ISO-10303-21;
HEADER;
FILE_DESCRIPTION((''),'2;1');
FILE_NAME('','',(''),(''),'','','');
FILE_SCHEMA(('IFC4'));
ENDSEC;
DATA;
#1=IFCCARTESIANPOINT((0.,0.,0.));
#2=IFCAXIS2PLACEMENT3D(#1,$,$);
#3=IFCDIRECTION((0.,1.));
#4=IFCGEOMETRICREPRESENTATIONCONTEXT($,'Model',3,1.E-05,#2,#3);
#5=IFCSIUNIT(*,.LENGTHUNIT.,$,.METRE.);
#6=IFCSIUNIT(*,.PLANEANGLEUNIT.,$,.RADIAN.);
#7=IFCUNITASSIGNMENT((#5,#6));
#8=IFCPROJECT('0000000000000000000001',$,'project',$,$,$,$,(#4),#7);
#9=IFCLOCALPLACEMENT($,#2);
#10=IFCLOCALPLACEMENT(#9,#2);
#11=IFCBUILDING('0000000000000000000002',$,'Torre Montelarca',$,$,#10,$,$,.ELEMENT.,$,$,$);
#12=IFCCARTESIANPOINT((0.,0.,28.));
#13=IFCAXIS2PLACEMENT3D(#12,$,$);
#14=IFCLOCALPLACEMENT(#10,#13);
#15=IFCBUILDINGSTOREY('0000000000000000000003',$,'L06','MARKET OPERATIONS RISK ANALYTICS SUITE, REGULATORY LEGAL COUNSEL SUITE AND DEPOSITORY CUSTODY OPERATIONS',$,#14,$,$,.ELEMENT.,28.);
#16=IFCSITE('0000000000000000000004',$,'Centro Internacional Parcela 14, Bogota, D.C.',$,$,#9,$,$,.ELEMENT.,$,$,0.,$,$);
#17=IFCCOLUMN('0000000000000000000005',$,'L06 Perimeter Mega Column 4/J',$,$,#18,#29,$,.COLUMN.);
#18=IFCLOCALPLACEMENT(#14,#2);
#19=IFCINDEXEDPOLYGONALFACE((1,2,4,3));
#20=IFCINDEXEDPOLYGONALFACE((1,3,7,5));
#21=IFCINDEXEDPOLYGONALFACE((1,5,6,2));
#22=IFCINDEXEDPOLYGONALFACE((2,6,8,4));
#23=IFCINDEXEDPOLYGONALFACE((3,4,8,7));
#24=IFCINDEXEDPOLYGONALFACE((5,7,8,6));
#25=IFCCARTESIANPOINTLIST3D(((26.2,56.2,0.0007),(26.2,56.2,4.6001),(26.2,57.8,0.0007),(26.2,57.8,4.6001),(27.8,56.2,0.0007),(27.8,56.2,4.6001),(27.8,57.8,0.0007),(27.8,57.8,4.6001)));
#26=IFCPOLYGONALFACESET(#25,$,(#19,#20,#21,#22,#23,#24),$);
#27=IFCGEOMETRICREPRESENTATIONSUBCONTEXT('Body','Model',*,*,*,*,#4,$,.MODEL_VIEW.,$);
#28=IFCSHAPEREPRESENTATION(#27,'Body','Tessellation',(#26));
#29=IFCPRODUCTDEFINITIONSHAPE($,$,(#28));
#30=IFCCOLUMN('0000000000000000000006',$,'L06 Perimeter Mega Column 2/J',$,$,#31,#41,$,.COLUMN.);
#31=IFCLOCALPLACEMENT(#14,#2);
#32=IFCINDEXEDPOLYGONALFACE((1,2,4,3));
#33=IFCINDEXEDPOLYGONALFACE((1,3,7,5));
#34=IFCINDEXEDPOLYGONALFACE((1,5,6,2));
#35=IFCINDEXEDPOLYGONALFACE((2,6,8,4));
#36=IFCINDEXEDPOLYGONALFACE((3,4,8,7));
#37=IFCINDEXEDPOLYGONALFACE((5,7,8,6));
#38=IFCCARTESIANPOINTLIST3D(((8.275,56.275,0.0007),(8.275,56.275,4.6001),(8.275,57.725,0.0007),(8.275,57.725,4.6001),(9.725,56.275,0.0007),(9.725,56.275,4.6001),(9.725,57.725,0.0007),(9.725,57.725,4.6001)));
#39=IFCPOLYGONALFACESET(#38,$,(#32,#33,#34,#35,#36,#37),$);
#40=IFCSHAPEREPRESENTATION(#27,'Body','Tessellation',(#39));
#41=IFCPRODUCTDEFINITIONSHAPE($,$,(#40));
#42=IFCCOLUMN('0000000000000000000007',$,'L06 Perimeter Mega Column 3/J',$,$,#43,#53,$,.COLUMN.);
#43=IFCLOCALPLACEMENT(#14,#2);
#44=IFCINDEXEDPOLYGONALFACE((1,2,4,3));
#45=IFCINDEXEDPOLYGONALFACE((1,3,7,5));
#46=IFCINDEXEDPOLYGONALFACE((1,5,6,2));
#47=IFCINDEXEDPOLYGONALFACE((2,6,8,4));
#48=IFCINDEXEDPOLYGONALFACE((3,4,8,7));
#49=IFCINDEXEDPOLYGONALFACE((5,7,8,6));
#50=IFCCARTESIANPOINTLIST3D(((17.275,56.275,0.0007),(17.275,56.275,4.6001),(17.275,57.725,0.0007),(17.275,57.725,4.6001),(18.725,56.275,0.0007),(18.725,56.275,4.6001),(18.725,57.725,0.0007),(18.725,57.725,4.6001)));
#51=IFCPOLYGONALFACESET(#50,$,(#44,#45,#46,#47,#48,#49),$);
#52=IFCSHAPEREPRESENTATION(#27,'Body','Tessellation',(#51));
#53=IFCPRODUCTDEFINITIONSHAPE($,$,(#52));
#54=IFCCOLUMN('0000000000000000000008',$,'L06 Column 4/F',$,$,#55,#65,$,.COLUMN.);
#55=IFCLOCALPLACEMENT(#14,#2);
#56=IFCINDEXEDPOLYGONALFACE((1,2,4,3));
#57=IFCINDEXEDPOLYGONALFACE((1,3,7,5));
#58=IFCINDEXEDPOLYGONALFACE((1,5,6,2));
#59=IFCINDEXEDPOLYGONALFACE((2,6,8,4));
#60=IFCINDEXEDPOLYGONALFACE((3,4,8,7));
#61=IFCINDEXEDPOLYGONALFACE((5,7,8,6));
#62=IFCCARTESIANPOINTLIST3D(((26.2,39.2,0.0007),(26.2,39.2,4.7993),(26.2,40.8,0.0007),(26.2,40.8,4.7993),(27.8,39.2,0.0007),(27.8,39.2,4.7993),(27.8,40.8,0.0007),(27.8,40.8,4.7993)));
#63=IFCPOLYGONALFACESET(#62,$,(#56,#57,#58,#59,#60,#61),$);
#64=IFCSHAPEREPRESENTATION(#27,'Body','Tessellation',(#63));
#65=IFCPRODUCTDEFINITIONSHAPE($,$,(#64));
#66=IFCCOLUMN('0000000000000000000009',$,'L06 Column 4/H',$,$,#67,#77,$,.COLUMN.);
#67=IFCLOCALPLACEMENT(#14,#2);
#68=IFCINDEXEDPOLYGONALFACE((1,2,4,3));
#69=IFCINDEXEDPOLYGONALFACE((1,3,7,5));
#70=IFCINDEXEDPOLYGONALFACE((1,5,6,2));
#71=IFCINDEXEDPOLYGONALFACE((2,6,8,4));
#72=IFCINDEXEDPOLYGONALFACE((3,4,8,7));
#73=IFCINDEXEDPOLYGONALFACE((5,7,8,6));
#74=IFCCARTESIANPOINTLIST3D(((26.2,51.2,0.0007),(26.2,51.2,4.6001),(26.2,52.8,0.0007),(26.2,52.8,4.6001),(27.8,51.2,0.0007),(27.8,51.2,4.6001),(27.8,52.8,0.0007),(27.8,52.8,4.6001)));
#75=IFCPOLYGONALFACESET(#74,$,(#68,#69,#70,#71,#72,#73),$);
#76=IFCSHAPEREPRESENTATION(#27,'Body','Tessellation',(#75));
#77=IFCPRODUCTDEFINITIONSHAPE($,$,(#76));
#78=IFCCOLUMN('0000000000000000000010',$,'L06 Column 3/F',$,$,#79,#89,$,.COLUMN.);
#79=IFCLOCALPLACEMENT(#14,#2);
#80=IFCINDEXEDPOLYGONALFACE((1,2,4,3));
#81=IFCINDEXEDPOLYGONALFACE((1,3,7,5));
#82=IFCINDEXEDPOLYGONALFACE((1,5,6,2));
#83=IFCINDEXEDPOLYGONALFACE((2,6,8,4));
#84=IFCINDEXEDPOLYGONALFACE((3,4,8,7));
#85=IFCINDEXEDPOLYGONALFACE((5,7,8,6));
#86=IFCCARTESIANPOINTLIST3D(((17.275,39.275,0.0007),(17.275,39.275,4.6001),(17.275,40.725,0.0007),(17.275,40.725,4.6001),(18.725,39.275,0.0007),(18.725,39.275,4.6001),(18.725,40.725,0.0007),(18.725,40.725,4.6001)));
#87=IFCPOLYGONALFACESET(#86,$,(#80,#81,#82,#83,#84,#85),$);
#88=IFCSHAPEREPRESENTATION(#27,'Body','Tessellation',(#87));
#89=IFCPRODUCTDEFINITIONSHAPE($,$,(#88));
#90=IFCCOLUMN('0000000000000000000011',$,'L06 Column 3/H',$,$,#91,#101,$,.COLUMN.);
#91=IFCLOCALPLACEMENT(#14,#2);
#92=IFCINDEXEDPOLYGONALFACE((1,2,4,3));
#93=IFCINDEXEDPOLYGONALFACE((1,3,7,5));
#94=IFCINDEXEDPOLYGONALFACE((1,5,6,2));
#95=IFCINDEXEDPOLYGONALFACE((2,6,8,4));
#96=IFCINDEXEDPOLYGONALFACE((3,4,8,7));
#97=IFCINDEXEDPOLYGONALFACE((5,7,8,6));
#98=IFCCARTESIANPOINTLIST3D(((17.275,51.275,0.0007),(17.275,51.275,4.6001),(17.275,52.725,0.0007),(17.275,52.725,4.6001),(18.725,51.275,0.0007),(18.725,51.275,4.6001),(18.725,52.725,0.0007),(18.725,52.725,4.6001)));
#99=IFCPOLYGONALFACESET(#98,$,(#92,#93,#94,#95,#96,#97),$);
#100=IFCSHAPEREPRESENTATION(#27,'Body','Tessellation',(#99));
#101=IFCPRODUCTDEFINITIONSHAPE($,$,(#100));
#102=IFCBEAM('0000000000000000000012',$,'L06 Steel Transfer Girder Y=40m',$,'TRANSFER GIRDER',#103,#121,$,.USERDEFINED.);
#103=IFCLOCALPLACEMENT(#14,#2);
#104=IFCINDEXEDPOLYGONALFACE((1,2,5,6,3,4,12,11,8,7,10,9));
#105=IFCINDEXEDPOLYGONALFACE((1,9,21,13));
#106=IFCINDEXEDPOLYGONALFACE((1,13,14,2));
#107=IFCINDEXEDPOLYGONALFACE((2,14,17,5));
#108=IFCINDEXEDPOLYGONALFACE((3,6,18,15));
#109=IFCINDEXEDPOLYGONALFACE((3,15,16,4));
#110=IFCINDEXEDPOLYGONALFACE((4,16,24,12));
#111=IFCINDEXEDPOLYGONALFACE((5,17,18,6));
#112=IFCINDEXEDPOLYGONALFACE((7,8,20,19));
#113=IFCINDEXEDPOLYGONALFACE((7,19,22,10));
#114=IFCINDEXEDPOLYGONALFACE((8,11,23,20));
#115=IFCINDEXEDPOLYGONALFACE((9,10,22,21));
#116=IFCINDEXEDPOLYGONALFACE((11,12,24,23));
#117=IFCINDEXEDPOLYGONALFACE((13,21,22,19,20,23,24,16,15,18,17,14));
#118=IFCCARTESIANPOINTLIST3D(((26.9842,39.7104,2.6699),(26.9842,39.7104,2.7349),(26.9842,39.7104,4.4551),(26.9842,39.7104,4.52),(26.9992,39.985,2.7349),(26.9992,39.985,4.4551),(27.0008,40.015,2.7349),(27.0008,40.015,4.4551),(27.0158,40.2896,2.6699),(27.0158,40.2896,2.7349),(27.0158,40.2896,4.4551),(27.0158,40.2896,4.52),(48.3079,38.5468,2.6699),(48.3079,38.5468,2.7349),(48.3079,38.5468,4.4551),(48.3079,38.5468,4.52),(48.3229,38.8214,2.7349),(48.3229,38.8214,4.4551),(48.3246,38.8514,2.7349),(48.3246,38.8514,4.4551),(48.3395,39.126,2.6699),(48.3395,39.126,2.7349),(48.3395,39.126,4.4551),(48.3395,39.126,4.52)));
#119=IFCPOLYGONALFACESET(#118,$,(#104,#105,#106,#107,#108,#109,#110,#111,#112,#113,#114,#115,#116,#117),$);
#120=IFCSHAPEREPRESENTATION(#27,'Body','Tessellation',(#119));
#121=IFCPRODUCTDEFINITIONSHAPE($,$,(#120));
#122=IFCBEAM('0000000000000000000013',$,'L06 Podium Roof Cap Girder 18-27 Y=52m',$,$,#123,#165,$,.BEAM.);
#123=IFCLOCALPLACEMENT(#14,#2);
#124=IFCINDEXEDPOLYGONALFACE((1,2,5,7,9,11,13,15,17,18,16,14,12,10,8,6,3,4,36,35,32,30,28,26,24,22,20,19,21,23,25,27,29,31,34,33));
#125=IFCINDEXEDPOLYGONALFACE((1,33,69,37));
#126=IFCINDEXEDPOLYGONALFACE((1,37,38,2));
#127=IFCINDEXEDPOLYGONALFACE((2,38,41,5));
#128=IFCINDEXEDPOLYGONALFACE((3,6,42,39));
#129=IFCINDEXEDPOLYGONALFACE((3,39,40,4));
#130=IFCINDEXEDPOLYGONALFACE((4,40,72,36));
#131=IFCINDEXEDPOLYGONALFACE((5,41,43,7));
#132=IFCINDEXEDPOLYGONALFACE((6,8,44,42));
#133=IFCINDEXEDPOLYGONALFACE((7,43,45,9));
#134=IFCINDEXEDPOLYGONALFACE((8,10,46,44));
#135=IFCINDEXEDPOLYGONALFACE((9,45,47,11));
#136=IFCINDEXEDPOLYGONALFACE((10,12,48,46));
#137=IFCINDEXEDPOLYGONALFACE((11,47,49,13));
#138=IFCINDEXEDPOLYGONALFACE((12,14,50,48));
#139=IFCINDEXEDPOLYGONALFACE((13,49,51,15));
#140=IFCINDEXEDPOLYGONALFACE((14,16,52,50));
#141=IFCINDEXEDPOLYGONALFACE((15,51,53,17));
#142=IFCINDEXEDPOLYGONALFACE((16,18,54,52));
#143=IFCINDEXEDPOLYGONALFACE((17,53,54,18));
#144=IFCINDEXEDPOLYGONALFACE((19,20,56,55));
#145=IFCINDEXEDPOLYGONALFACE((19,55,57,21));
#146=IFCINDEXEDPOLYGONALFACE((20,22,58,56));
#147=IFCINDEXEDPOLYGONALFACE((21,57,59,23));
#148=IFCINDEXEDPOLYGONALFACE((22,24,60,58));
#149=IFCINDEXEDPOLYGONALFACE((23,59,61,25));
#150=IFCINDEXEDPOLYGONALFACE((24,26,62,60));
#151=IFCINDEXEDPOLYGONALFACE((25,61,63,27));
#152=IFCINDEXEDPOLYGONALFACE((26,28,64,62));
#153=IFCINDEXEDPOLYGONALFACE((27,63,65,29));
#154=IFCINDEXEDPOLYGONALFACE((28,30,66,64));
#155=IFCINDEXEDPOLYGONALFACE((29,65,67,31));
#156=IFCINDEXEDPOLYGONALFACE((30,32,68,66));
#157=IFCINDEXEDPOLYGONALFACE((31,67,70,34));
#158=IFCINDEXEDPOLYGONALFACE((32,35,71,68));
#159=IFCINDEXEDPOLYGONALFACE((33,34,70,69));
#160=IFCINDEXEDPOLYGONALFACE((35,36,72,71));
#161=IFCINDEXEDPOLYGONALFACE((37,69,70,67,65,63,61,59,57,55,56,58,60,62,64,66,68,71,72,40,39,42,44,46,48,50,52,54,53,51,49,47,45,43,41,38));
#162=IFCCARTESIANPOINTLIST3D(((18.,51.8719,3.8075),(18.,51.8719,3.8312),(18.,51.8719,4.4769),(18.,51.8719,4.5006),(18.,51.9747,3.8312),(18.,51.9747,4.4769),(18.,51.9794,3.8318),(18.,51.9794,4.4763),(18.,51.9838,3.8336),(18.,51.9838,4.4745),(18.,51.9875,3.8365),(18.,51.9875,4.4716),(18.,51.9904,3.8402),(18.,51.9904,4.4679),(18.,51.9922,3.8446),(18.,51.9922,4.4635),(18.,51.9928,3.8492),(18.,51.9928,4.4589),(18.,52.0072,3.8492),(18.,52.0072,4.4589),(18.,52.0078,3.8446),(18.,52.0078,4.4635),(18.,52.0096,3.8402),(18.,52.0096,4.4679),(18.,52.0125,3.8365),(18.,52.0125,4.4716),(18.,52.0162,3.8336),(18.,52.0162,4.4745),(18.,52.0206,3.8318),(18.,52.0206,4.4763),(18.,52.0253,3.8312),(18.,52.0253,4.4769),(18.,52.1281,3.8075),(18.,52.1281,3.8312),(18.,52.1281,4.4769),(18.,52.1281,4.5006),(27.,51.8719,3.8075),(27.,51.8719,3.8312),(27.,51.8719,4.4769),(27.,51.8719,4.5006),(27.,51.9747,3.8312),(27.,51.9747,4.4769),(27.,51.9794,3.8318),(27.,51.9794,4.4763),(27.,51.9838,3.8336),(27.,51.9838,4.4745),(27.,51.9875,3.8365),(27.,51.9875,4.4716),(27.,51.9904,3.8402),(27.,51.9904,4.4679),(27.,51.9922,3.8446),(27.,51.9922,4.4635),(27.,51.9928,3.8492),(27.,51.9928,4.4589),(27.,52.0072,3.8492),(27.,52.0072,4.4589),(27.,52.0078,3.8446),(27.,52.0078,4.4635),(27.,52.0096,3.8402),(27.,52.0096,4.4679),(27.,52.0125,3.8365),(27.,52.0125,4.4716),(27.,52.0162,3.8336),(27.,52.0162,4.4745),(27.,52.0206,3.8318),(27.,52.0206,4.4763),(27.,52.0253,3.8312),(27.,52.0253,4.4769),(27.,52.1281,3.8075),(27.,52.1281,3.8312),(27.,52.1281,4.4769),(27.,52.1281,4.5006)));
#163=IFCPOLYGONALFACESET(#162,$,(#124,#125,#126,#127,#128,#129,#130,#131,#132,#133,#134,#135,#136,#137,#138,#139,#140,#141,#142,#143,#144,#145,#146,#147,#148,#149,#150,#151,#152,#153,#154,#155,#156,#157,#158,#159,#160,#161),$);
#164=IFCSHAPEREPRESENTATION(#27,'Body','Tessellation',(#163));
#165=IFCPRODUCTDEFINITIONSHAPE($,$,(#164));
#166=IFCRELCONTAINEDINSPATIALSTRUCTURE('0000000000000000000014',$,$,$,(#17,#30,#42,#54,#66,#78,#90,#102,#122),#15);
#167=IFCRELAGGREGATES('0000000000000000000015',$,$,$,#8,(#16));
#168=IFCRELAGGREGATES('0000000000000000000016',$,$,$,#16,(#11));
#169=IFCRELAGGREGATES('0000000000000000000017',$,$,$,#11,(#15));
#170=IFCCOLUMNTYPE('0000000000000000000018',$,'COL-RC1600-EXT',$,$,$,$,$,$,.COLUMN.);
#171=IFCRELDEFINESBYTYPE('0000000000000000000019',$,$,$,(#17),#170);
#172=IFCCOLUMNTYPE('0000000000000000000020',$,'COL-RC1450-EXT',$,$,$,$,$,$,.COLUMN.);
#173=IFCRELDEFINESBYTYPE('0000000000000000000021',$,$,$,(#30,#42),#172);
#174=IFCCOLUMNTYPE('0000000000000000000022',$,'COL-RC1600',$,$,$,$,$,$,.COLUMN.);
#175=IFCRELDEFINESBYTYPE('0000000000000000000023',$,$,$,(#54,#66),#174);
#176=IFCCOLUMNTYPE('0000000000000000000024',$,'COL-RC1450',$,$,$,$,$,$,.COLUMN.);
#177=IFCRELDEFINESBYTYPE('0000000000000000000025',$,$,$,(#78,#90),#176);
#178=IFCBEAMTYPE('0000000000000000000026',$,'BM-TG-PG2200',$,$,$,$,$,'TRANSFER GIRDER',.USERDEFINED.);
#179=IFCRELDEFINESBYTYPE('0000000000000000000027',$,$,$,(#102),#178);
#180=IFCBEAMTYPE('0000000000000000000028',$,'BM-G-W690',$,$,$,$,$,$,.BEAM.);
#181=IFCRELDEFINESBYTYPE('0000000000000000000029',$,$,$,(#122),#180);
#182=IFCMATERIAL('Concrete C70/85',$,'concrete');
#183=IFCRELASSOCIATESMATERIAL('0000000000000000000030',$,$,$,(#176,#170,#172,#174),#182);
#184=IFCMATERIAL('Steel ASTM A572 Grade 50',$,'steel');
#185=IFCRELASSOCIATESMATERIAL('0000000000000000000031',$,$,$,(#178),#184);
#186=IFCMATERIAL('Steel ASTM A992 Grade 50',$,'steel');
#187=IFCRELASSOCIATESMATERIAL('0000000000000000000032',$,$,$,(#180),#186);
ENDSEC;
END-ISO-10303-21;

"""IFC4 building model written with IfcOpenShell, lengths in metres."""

from ifc_helpers import new_model, si_unit, direction, frame, origin, origin_2d, place, context, subcontext, project, spatial, rectangle, i_section, extrude, source, transform, mapped, material, material_profile, profile_set, type_object, element, save


model = new_model("IFC4")

# Units and contexts
model_context = context("Model", 3, precision=1e-05, world=origin(), true_north=direction((0.0, 1.0)))
body_context = subcontext(model_context, "Body", "Model", "MODEL_VIEW")
ifc_project = project(units=[si_unit("LENGTHUNIT", "METRE"), si_unit("PLANEANGLEUNIT", "RADIAN")], contexts=[model_context])

# Site, building, storey
site_placement = place(None, origin())
site = spatial("IfcSite", under=ifc_project, at=site_placement, Name="Centro Internacional Parcela 14, Bogota, D.C.", CompositionType="ELEMENT", RefElevation=0.0)
building_placement = place(site_placement, origin())
building = spatial("IfcBuilding", under=site, at=building_placement, Name="Torre Montelarca", CompositionType="ELEMENT")
storey_placement = place(building_placement, frame((0.0, 0.0, 28.0)))
storey = spatial("IfcBuildingStorey", under=building, at=storey_placement, Name="L06", Description="MARKET OPERATIONS RISK ANALYTICS SUITE, REGULATORY LEGAL COUNSEL SUITE AND DEPOSITORY CUSTODY OPERATIONS", CompositionType="ELEMENT", Elevation=28.0)

# Columns
ifc_material_1 = material(Name="Concrete C70/85", Category="concrete")
ifc_material_profile_1 = material_profile(ifc_material_1, rectangle(XDim=1.45, YDim=1.45, at=origin_2d()), Name="RC1450X1450", Category="concrete")
ifc_profile_set_1 = profile_set([ifc_material_profile_1], Name="Concrete C70/85")
column_type_1 = type_object("IfcColumnType", Name="COL-RC1450", PredefinedType="COLUMN", material=ifc_profile_set_1)
ifc_material_profile_2 = material_profile(ifc_material_1, rectangle(XDim=1.6001, YDim=1.6001, at=origin_2d()), Name="RC1600X1600", Category="concrete")
ifc_profile_set_2 = profile_set([ifc_material_profile_2], Name="Concrete C70/85")
column_type_2 = type_object("IfcColumnType", Name="COL-RC1600-EXT", PredefinedType="COLUMN", material=ifc_profile_set_2)
shared_shape_1 = source(origin(), body_context, "Body", "SweptSolid", [
    extrude(rectangle(XDim=1.6001, YDim=1.6001, at=origin_2d()), origin(), (0.0, 0.0, 1.0), 4.5994),
])
column_1_placement = place(storey_placement, frame((27.0, 57.0, 0.0007), z_axis=(0.0, 0.0, 1.0), x_axis=(1.0, 0.0, 0.0)))
element("IfcColumn", 1, at=column_1_placement, inside=storey, type_object=column_type_2, Name="L06 Perimeter Mega Column 4/J", PredefinedType="COLUMN", context=body_context, shape_type="MappedRepresentation", body=[
    mapped(shared_shape_1, transform((0.0, 0.0, 0.0), scale=1.0)),
])
ifc_material_profile_3 = material_profile(ifc_material_1, rectangle(XDim=1.45, YDim=1.45, at=origin_2d()), Name="RC1450X1450", Category="concrete")
ifc_profile_set_3 = profile_set([ifc_material_profile_3], Name="Concrete C70/85")
column_type_3 = type_object("IfcColumnType", Name="COL-RC1450-EXT", PredefinedType="COLUMN", material=ifc_profile_set_3)
shared_shape_2 = source(origin(), body_context, "Body", "SweptSolid", [
    extrude(rectangle(XDim=1.45, YDim=1.45, at=origin_2d()), origin(), (0.0, 0.0, 1.0), 4.5994),
])
for number, where, z_axis, x_axis, name in (
    (2, (9.0, 57.0, 0.0007), (0.0, 0.0, 1.0), (1.0, 0.0, 0.0), "L06 Perimeter Mega Column 2/J"),
    (3, (18.0, 57.0, 0.0007), (0.0, 0.0, 1.0), (1.0, 0.0, 0.0), "L06 Perimeter Mega Column 3/J"),
):
    element("IfcColumn", number, at=place(storey_placement, frame(where, z_axis=z_axis, x_axis=x_axis)), inside=storey, type_object=column_type_3, Name=name, PredefinedType="COLUMN", context=body_context, shape_type="MappedRepresentation", body=[
        mapped(shared_shape_2, transform((0.0, 0.0, 0.0), scale=1.0)),
    ])
ifc_material_profile_4 = material_profile(ifc_material_1, rectangle(XDim=1.6001, YDim=1.6001, at=origin_2d()), Name="RC1600X1600", Category="concrete")
ifc_profile_set_4 = profile_set([ifc_material_profile_4], Name="Concrete C70/85")
column_type_4 = type_object("IfcColumnType", Name="COL-RC1600", PredefinedType="COLUMN", material=ifc_profile_set_4)
shared_shape_3 = source(origin(), body_context, "Body", "SweptSolid", [
    extrude(rectangle(XDim=1.6001, YDim=1.6001, at=origin_2d()), origin(), (0.0, 0.0, 1.0), 4.7986),
])
column_2_placement = place(storey_placement, frame((27.0, 40.0, 0.0007), z_axis=(0.0, 0.0, 1.0), x_axis=(1.0, 0.0, 0.0)))
element("IfcColumn", 4, at=column_2_placement, inside=storey, type_object=column_type_4, Name="L06 Column 4/F", PredefinedType="COLUMN", context=body_context, shape_type="MappedRepresentation", body=[
    mapped(shared_shape_3, transform((0.0, 0.0, 0.0), scale=1.0)),
])
shared_shape_4 = source(origin(), body_context, "Body", "SweptSolid", [
    extrude(rectangle(XDim=1.6001, YDim=1.6001, at=origin_2d()), origin(), (0.0, 0.0, 1.0), 4.5994),
])
column_3_placement = place(storey_placement, frame((27.0, 52.0, 0.0007), z_axis=(0.0, 0.0, 1.0), x_axis=(1.0, 0.0, 0.0)))
element("IfcColumn", 5, at=column_3_placement, inside=storey, type_object=column_type_4, Name="L06 Column 4/H", PredefinedType="COLUMN", context=body_context, shape_type="MappedRepresentation", body=[
    mapped(shared_shape_4, transform((0.0, 0.0, 0.0), scale=1.0)),
])
shared_shape_5 = source(origin(), body_context, "Body", "SweptSolid", [
    extrude(rectangle(XDim=1.45, YDim=1.45, at=origin_2d()), origin(), (0.0, 0.0, 1.0), 4.5994),
])
for number, where, z_axis, x_axis, name in (
    (6, (18.0, 40.0, 0.0007), (0.0, 0.0, 1.0), (1.0, 0.0, 0.0), "L06 Column 3/F"),
    (7, (18.0, 52.0, 0.0007), (0.0, 0.0, 1.0), (1.0, 0.0, 0.0), "L06 Column 3/H"),
):
    element("IfcColumn", number, at=place(storey_placement, frame(where, z_axis=z_axis, x_axis=x_axis)), inside=storey, type_object=column_type_1, Name=name, PredefinedType="COLUMN", context=body_context, shape_type="MappedRepresentation", body=[
        mapped(shared_shape_5, transform((0.0, 0.0, 0.0), scale=1.0)),
    ])

# Beams
ifc_material_2 = material(Name="Steel ASTM A572 Grade 50", Category="steel")
ifc_material_profile_5 = material_profile(ifc_material_2, i_section(OverallWidth=0.5801, OverallDepth=1.8501, WebThickness=0.03, FlangeThickness=0.0649, at=origin_2d()), Name="PG1850X580X30X65", Category="steel")
ifc_profile_set_5 = profile_set([ifc_material_profile_5], Name="Steel ASTM A572 Grade 50")
beam_type_1 = type_object("IfcBeamType", Name="BM-TG-PG2200", ElementType="TRANSFER GIRDER", PredefinedType="USERDEFINED", material=ifc_profile_set_5)
shared_shape_6 = source(origin(), body_context, "Body", "SweptSolid", [
    extrude(i_section(OverallWidth=0.5801, OverallDepth=1.8501, WebThickness=0.03, FlangeThickness=0.0649, at=origin_2d()), origin(), (0.0, 0.0, 1.0), 21.3555),
])
beam_1_placement = place(storey_placement, frame((27.0, 40.0, 3.595), z_axis=(0.998515, -0.054486, 0.0), x_axis=(0.054486, 0.998515, 0.0)))
element("IfcBeam", 8, at=beam_1_placement, inside=storey, type_object=beam_type_1, Name="L06 Steel Transfer Girder Y=40m", ObjectType="TRANSFER GIRDER", PredefinedType="USERDEFINED", context=body_context, shape_type="MappedRepresentation", body=[
    mapped(shared_shape_6, transform((0.0, 0.0, 0.0), scale=1.0)),
])
ifc_material_3 = material(Name="Steel ASTM A992 Grade 50", Category="steel")
ifc_material_profile_6 = material_profile(ifc_material_3, i_section(OverallWidth=0.2561, OverallDepth=0.6931, WebThickness=0.0144, FlangeThickness=0.0237, FilletRadius=0.0181, at=origin_2d()), Name="W690X170", Category="steel")
ifc_profile_set_6 = profile_set([ifc_material_profile_6], Name="Steel ASTM A992 Grade 50")
beam_type_2 = type_object("IfcBeamType", Name="BM-G-W690", PredefinedType="BEAM", material=ifc_profile_set_6)
shared_shape_7 = source(origin(), body_context, "Body", "SweptSolid", [
    extrude(i_section(OverallWidth=0.2561, OverallDepth=0.6931, WebThickness=0.0144, FlangeThickness=0.0237, FilletRadius=0.0181, at=origin_2d()), origin(), (0.0, 0.0, 1.0), 9.0),
])
for number, where, z_axis, x_axis, name in (
    (9, (18.0, 52.0, 4.1541), (1.0, 0.0, 0.0), (0.0, 1.0, 0.0), "L06 Podium Roof Cap Girder 18-27 Y=52m"),
):
    element("IfcBeam", number, at=place(storey_placement, frame(where, z_axis=z_axis, x_axis=x_axis)), inside=storey, type_object=beam_type_2, Name=name, PredefinedType="BEAM", context=body_context, shape_type="MappedRepresentation", body=[
        mapped(shared_shape_7, transform((0.0, 0.0, 0.0), scale=1.0)),
    ])

save(model, "model.ifc")
